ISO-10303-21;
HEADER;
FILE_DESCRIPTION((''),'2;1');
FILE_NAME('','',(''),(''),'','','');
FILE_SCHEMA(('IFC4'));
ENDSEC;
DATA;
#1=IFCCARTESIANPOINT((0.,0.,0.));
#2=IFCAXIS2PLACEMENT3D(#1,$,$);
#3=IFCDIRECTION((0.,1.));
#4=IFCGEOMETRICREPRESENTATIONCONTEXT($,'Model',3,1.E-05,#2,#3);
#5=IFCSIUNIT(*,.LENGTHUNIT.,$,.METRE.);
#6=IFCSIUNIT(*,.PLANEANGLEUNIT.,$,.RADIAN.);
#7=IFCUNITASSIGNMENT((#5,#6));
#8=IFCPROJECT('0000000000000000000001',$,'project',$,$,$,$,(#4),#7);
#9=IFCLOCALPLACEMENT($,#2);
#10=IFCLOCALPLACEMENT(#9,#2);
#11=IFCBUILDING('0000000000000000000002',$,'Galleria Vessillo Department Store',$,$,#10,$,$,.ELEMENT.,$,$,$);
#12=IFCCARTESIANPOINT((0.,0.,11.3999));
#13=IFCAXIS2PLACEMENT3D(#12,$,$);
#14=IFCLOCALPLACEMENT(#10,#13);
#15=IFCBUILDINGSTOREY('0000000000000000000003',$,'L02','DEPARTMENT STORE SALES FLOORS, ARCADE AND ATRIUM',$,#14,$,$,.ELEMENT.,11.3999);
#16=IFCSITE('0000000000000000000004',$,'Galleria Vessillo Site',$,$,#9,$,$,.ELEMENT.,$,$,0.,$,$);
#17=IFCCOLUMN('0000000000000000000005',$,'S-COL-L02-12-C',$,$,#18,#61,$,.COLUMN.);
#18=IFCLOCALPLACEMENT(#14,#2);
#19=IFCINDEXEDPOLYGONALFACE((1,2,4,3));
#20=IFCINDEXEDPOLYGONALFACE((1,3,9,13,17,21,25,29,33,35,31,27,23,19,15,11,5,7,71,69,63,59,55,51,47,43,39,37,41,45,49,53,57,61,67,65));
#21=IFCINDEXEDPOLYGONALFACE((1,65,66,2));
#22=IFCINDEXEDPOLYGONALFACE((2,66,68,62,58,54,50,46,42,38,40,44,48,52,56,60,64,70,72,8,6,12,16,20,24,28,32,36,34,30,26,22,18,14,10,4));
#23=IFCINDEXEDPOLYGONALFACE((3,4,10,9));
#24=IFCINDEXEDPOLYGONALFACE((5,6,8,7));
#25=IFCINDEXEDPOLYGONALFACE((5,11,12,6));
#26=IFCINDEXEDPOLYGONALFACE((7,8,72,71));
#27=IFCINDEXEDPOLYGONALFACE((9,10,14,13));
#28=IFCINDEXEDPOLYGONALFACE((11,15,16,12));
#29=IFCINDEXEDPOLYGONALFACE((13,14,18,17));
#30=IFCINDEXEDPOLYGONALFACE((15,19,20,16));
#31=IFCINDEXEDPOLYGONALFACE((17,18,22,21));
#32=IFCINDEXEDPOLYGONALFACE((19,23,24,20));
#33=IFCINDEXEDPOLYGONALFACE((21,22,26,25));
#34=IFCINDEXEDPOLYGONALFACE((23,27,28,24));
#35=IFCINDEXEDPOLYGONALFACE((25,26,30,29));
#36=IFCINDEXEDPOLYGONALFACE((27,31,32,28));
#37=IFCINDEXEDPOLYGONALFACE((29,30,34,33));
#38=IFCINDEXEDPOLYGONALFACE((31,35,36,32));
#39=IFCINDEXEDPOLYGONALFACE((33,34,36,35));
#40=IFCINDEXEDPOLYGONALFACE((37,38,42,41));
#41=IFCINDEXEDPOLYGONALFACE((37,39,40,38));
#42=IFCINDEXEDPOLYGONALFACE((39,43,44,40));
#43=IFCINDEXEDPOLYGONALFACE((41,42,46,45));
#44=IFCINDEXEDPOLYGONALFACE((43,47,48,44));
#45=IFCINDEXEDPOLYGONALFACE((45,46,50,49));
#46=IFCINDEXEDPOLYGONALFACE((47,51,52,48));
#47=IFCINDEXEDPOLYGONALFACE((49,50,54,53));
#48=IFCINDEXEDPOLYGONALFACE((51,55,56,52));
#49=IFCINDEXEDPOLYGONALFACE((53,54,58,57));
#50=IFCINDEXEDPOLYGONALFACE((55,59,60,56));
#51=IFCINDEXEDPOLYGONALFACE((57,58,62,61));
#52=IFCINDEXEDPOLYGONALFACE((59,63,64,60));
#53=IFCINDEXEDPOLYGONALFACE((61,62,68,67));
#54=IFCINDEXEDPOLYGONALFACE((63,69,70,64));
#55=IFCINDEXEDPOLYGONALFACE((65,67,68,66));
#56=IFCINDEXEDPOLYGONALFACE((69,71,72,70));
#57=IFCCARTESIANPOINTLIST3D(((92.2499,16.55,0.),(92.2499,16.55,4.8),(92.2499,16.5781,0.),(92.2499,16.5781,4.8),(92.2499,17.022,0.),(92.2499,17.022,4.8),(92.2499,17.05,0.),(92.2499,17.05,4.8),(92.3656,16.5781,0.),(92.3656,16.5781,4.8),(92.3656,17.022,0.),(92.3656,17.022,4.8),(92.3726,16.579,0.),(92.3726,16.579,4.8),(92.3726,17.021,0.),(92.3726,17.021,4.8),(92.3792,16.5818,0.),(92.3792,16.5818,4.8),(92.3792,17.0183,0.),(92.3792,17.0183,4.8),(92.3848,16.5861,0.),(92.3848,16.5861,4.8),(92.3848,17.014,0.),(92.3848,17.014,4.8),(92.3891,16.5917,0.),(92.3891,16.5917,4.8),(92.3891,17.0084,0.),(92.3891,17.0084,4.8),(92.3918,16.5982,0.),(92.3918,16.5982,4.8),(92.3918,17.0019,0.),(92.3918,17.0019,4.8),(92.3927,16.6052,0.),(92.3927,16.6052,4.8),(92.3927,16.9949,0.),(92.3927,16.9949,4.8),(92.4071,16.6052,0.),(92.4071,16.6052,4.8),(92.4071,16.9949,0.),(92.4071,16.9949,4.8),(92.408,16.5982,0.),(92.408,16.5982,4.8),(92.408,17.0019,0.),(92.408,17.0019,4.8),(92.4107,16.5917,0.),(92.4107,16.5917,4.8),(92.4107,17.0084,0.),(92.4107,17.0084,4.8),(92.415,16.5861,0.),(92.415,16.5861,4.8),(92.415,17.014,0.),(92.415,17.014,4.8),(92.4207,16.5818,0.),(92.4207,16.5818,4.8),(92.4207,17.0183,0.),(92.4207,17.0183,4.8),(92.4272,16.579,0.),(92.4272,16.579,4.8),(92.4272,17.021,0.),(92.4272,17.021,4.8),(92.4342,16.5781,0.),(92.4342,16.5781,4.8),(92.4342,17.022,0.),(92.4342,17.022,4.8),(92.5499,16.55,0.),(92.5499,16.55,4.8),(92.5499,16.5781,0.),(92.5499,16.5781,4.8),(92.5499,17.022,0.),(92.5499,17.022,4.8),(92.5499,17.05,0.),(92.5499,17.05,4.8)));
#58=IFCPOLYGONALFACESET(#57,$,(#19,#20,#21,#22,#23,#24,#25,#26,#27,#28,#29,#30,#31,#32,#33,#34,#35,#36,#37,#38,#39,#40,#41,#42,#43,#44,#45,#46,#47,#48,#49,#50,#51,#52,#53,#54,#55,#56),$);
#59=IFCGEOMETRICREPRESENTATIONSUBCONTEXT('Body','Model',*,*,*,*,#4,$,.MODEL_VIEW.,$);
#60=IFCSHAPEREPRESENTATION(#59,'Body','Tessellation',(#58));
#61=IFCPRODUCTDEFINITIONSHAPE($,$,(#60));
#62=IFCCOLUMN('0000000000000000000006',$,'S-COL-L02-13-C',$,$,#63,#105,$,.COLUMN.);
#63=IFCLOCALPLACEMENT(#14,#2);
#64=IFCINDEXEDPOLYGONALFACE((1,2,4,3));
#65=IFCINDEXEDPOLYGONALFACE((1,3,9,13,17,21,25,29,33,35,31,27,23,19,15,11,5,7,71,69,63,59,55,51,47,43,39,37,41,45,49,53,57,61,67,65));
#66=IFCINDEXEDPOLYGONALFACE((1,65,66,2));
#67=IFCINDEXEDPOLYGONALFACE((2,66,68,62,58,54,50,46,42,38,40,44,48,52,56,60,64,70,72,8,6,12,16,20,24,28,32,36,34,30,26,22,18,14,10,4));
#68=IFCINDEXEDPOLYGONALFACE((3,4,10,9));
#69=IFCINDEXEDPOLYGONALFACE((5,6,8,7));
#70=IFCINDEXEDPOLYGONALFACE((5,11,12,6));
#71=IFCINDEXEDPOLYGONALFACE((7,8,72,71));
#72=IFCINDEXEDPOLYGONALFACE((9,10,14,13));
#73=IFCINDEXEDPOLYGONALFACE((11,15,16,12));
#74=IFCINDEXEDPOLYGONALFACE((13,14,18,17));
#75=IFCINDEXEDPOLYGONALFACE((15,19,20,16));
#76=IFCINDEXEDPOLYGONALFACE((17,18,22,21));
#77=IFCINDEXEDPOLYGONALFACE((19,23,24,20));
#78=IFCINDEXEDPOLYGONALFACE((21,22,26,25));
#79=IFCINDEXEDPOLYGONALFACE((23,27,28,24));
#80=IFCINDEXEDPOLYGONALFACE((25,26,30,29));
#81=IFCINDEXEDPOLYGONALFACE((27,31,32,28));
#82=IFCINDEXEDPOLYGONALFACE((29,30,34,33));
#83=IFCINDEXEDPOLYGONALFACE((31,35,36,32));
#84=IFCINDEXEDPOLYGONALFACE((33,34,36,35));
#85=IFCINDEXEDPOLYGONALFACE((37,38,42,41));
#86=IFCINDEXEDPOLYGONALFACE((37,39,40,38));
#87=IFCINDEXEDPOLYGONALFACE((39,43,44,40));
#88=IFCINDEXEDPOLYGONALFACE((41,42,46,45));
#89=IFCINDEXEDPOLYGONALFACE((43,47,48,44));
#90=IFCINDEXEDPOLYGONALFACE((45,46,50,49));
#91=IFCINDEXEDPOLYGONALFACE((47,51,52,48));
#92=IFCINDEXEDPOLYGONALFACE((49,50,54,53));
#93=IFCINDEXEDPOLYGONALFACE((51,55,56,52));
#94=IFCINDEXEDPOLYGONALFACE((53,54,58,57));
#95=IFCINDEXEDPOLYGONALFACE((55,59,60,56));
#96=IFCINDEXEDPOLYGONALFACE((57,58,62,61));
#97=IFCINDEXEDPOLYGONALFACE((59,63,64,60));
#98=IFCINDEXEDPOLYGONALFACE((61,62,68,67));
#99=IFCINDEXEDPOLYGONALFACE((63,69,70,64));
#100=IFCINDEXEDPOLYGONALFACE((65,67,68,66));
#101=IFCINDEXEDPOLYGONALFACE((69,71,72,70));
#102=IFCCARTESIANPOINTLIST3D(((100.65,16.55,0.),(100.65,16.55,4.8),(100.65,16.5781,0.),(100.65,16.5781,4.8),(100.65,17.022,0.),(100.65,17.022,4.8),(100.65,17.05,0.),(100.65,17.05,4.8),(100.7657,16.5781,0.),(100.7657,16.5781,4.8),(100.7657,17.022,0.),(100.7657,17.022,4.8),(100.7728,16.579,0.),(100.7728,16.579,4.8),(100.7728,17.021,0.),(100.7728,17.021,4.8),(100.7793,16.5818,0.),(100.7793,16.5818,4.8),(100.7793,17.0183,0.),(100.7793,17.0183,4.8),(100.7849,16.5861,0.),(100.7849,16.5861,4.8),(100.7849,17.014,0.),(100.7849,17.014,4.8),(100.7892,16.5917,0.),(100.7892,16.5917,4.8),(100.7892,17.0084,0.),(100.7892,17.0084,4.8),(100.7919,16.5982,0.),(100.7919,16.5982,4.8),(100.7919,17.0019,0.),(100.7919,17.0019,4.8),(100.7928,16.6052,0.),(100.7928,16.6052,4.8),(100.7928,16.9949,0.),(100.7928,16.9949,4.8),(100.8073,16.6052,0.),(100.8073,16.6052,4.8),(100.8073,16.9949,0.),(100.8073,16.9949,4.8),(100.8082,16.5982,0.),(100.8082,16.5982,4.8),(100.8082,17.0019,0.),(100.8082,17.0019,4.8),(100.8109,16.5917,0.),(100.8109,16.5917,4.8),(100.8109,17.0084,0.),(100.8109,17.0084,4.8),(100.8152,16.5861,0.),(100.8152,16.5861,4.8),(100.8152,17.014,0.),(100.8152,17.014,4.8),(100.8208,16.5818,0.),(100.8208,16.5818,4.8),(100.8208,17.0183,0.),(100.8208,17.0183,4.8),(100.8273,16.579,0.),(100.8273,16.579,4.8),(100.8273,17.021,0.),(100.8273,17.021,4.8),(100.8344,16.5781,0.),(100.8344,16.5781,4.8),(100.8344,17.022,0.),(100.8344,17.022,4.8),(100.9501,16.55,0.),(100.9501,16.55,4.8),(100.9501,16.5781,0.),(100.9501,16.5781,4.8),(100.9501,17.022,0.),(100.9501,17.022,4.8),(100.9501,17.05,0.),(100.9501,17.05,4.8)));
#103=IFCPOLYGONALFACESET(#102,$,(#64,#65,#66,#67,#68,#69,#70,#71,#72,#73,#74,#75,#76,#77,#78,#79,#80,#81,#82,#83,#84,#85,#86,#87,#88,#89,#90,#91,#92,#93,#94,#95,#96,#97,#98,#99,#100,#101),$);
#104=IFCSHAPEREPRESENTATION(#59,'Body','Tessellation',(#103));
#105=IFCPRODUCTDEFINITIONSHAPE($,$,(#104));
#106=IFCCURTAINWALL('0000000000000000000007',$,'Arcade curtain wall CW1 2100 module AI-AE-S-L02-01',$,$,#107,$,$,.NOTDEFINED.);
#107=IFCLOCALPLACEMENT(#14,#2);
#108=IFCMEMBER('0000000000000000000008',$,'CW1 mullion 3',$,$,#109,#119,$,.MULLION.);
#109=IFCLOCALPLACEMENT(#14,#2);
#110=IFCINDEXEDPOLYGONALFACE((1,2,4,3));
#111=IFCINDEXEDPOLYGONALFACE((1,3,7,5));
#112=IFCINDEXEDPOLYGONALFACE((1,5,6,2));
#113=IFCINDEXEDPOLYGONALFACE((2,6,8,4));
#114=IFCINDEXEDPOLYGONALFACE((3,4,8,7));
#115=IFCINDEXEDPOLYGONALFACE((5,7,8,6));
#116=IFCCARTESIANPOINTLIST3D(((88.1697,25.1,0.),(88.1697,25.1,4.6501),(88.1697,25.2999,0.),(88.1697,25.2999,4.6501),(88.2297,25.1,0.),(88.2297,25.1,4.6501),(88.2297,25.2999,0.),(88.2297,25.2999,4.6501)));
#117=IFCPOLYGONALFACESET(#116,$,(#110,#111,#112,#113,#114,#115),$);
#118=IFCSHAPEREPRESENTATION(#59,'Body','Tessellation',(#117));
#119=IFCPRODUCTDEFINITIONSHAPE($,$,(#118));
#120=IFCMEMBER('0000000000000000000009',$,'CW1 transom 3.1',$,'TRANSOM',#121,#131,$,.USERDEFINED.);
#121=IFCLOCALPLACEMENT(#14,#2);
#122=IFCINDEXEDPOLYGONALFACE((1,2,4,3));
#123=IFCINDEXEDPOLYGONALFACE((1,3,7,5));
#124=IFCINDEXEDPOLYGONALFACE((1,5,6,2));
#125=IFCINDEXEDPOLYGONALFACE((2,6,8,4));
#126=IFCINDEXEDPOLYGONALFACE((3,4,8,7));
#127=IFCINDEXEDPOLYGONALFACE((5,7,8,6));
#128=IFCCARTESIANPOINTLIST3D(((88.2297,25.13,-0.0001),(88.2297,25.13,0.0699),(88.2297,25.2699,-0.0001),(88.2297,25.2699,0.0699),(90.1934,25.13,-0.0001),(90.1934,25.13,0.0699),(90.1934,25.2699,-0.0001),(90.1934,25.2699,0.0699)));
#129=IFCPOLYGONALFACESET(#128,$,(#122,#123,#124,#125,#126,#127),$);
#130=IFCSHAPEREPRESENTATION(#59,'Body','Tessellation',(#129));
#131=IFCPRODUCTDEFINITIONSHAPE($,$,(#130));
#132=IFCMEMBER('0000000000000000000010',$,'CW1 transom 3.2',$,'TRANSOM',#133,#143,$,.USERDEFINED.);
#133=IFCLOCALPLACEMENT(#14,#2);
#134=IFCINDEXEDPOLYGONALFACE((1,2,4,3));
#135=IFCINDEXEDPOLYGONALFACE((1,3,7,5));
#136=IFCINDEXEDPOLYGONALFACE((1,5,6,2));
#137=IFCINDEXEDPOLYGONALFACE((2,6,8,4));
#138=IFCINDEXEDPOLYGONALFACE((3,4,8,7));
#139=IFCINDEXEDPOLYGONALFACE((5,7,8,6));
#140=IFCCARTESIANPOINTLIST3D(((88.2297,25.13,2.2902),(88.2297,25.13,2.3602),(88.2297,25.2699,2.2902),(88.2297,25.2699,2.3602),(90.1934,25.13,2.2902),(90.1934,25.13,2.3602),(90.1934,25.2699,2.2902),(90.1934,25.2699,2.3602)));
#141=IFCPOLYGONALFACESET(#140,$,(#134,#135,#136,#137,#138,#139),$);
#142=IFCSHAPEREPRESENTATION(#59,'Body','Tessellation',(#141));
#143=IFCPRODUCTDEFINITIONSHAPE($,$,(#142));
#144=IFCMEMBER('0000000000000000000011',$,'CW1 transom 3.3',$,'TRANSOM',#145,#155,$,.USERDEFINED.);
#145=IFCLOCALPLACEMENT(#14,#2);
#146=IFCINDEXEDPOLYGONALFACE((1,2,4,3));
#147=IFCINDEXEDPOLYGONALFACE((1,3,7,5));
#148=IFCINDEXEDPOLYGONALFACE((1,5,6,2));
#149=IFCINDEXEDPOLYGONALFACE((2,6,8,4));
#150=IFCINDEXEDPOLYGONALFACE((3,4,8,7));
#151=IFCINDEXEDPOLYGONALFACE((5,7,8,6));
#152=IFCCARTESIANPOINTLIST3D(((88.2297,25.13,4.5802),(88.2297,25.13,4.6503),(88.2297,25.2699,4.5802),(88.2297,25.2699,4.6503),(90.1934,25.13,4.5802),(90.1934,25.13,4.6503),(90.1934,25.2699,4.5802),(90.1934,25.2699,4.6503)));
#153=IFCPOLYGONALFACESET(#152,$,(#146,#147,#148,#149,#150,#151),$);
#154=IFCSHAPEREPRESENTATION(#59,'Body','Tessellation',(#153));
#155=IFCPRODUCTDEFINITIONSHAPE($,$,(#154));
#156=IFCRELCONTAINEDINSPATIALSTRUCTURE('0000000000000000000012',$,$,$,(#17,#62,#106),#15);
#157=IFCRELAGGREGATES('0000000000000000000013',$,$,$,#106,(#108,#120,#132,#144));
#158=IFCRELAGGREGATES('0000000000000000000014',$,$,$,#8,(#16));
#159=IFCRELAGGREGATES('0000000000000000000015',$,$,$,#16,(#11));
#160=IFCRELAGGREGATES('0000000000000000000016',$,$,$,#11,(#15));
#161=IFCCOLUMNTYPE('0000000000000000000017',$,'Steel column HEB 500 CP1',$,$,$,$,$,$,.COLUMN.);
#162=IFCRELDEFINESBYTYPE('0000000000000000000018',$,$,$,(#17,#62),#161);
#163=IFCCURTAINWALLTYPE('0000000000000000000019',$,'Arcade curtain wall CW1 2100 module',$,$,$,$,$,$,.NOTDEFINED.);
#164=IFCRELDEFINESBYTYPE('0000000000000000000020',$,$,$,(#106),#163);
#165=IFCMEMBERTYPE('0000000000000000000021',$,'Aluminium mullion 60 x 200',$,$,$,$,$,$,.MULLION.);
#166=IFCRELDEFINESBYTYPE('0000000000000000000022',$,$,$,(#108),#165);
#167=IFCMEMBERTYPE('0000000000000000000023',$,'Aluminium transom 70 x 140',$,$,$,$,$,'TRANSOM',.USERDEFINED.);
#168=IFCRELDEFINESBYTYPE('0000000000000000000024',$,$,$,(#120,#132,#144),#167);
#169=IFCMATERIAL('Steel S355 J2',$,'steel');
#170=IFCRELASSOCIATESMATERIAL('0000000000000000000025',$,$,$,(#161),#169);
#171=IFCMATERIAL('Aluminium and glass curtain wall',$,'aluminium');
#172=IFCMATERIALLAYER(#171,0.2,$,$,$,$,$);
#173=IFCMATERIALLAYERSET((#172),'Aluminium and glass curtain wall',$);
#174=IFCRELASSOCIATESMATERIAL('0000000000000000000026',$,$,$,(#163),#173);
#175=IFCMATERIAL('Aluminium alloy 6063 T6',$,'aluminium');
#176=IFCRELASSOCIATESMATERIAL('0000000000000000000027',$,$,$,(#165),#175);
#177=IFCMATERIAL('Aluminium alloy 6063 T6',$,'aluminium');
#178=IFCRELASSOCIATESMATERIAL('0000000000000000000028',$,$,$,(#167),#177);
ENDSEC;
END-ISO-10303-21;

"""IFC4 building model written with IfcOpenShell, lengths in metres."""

from ifc_helpers import new_model, si_unit, direction, frame, origin, origin_2d, place, context, subcontext, project, spatial, rectangle, i_section, extrude, material, layer, layer_set, material_profile, profile_set, type_object, element, aggregate, save


model = new_model("IFC4")

# Units and contexts
model_context = context("Model", 3, precision=1e-05, world=origin(), true_north=direction((0.0, 1.0)))
body_context = subcontext(model_context, "Body", "Model", "MODEL_VIEW")
ifc_project = project(units=[si_unit("LENGTHUNIT", "METRE"), si_unit("PLANEANGLEUNIT", "RADIAN")], contexts=[model_context])

# Site, building, storey
site_placement = place(None, origin())
site = spatial("IfcSite", under=ifc_project, at=site_placement, Name="Galleria Vessillo Site", CompositionType="ELEMENT", RefElevation=0.0)
building_placement = place(site_placement, origin())
building = spatial("IfcBuilding", under=site, at=building_placement, Name="Galleria Vessillo Department Store", CompositionType="ELEMENT")
storey_placement = place(building_placement, frame((0.0, 0.0, 11.3999)))
storey = spatial("IfcBuildingStorey", under=building, at=storey_placement, Name="L02", Description="DEPARTMENT STORE SALES FLOORS, ARCADE AND ATRIUM", CompositionType="ELEMENT", Elevation=11.3999)

# Columns
ifc_material_1 = material(Name="Steel S355 J2", Category="steel")
ifc_material_profile_1 = material_profile(ifc_material_1, i_section(OverallWidth=0.3, OverallDepth=0.5, WebThickness=0.0144, FlangeThickness=0.0281, FilletRadius=0.0271, at=origin_2d()), Name="HEB 500")
ifc_profile_set_1 = profile_set([ifc_material_profile_1], Name="Steel S355 J2")
column_type = type_object("IfcColumnType", Name="Steel column HEB 500 CP1", PredefinedType="COLUMN", material=ifc_profile_set_1)
for number, where, z_axis, x_axis, name in (
    (1, (92.3999, 16.8, 0.0), (0.0, 0.0, 1.0), (1.0, 0.0, 0.0), "S-COL-L02-12-C"),
    (2, (100.8, 16.8, 0.0), (0.0, 0.0, 1.0), (1.0, 0.0, 0.0), "S-COL-L02-13-C"),
):
    element("IfcColumn", number, at=place(storey_placement, frame(where, z_axis=z_axis, x_axis=x_axis)), inside=storey, type_object=column_type, Name=name, PredefinedType="COLUMN", context=body_context, shape_type="SweptSolid", body=[
        extrude(i_section(OverallWidth=0.3, OverallDepth=0.5, WebThickness=0.0144, FlangeThickness=0.0281, FilletRadius=0.0271, at=origin_2d()), origin(), (0.0, 0.0, 1.0), 4.8),
    ])

# Curtain wall, members
ifc_material_2 = material(Name="Aluminium and glass curtain wall", Category="aluminium")
ifc_layer_1 = layer(ifc_material_2, 0.2)
ifc_layer_set_1 = layer_set([ifc_layer_1], Name="Aluminium and glass curtain wall")
curtain_wall_type = type_object("IfcCurtainWallType", Name="Arcade curtain wall CW1 2100 module", PredefinedType="NOTDEFINED", material=ifc_layer_set_1)
curtain_wall_placement = place(storey_placement, origin())
curtain_wall = element("IfcCurtainWall", 3, at=curtain_wall_placement, inside=storey, type_object=curtain_wall_type, Name="Arcade curtain wall CW1 2100 module AI-AE-S-L02-01", PredefinedType="NOTDEFINED")
ifc_material_3 = material(Name="Aluminium alloy 6063 T6", Category="aluminium")
ifc_material_profile_2 = material_profile(ifc_material_3, rectangle(XDim=0.2, YDim=0.0601, at=origin_2d()), Name="AL 60x200")
ifc_profile_set_2 = profile_set([ifc_material_profile_2], Name="Aluminium alloy 6063 T6")
member_type_1 = type_object("IfcMemberType", Name="Aluminium mullion 60 x 200", PredefinedType="MULLION", material=ifc_profile_set_2)
member_1_placement = place(storey_placement, frame((88.1997, 25.2, 0.0), z_axis=(0.0, 0.0, 1.0), x_axis=(0.0, 1.0, 0.0)))
member_1 = element("IfcMember", 4, at=member_1_placement, type_object=member_type_1, Name="CW1 mullion 3", PredefinedType="MULLION", context=body_context, shape_type="SweptSolid", body=[
    extrude(rectangle(XDim=0.2, YDim=0.0601, at=origin_2d()), origin(), (0.0, 0.0, 1.0), 4.6501),
])
ifc_material_4 = material(Name="Aluminium alloy 6063 T6", Category="aluminium")
ifc_material_profile_3 = material_profile(ifc_material_4, rectangle(XDim=0.1399, YDim=0.0701, at=origin_2d()), Name="AL 70x140")
ifc_profile_set_3 = profile_set([ifc_material_profile_3], Name="Aluminium alloy 6063 T6")
member_type_2 = type_object("IfcMemberType", Name="Aluminium transom 70 x 140", ElementType="TRANSOM", PredefinedType="USERDEFINED", material=ifc_profile_set_3)
member_2_placement = place(storey_placement, frame((88.2297, 25.2, 0.0349), z_axis=(1.0, 0.0, 0.0), x_axis=(0.0, 1.0, 0.0)))
member_2 = element("IfcMember", 5, at=member_2_placement, type_object=member_type_2, Name="CW1 transom 3.1", ObjectType="TRANSOM", PredefinedType="USERDEFINED", context=body_context, shape_type="SweptSolid", body=[
    extrude(rectangle(XDim=0.1399, YDim=0.0701, at=origin_2d()), origin(), (0.0, 0.0, 1.0), 1.9636),
])
member_3_placement = place(storey_placement, frame((88.2297, 25.2, 2.3252), z_axis=(1.0, 0.0, 0.0), x_axis=(0.0, 1.0, 0.0)))
member_3 = element("IfcMember", 6, at=member_3_placement, type_object=member_type_2, Name="CW1 transom 3.2", ObjectType="TRANSOM", PredefinedType="USERDEFINED", context=body_context, shape_type="SweptSolid", body=[
    extrude(rectangle(XDim=0.1399, YDim=0.0701, at=origin_2d()), origin(), (0.0, 0.0, 1.0), 1.9636),
])
member_4_placement = place(storey_placement, frame((88.2297, 25.2, 4.6152), z_axis=(1.0, 0.0, 0.0), x_axis=(0.0, 1.0, 0.0)))
member_4 = element("IfcMember", 7, at=member_4_placement, type_object=member_type_2, Name="CW1 transom 3.3", ObjectType="TRANSOM", PredefinedType="USERDEFINED", context=body_context, shape_type="SweptSolid", body=[
    extrude(rectangle(XDim=0.1399, YDim=0.0701, at=origin_2d()), origin(), (0.0, 0.0, 1.0), 1.9636),
])

aggregate(curtain_wall, [member_1, member_2, member_3, member_4])

save(model, "model.ifc")
